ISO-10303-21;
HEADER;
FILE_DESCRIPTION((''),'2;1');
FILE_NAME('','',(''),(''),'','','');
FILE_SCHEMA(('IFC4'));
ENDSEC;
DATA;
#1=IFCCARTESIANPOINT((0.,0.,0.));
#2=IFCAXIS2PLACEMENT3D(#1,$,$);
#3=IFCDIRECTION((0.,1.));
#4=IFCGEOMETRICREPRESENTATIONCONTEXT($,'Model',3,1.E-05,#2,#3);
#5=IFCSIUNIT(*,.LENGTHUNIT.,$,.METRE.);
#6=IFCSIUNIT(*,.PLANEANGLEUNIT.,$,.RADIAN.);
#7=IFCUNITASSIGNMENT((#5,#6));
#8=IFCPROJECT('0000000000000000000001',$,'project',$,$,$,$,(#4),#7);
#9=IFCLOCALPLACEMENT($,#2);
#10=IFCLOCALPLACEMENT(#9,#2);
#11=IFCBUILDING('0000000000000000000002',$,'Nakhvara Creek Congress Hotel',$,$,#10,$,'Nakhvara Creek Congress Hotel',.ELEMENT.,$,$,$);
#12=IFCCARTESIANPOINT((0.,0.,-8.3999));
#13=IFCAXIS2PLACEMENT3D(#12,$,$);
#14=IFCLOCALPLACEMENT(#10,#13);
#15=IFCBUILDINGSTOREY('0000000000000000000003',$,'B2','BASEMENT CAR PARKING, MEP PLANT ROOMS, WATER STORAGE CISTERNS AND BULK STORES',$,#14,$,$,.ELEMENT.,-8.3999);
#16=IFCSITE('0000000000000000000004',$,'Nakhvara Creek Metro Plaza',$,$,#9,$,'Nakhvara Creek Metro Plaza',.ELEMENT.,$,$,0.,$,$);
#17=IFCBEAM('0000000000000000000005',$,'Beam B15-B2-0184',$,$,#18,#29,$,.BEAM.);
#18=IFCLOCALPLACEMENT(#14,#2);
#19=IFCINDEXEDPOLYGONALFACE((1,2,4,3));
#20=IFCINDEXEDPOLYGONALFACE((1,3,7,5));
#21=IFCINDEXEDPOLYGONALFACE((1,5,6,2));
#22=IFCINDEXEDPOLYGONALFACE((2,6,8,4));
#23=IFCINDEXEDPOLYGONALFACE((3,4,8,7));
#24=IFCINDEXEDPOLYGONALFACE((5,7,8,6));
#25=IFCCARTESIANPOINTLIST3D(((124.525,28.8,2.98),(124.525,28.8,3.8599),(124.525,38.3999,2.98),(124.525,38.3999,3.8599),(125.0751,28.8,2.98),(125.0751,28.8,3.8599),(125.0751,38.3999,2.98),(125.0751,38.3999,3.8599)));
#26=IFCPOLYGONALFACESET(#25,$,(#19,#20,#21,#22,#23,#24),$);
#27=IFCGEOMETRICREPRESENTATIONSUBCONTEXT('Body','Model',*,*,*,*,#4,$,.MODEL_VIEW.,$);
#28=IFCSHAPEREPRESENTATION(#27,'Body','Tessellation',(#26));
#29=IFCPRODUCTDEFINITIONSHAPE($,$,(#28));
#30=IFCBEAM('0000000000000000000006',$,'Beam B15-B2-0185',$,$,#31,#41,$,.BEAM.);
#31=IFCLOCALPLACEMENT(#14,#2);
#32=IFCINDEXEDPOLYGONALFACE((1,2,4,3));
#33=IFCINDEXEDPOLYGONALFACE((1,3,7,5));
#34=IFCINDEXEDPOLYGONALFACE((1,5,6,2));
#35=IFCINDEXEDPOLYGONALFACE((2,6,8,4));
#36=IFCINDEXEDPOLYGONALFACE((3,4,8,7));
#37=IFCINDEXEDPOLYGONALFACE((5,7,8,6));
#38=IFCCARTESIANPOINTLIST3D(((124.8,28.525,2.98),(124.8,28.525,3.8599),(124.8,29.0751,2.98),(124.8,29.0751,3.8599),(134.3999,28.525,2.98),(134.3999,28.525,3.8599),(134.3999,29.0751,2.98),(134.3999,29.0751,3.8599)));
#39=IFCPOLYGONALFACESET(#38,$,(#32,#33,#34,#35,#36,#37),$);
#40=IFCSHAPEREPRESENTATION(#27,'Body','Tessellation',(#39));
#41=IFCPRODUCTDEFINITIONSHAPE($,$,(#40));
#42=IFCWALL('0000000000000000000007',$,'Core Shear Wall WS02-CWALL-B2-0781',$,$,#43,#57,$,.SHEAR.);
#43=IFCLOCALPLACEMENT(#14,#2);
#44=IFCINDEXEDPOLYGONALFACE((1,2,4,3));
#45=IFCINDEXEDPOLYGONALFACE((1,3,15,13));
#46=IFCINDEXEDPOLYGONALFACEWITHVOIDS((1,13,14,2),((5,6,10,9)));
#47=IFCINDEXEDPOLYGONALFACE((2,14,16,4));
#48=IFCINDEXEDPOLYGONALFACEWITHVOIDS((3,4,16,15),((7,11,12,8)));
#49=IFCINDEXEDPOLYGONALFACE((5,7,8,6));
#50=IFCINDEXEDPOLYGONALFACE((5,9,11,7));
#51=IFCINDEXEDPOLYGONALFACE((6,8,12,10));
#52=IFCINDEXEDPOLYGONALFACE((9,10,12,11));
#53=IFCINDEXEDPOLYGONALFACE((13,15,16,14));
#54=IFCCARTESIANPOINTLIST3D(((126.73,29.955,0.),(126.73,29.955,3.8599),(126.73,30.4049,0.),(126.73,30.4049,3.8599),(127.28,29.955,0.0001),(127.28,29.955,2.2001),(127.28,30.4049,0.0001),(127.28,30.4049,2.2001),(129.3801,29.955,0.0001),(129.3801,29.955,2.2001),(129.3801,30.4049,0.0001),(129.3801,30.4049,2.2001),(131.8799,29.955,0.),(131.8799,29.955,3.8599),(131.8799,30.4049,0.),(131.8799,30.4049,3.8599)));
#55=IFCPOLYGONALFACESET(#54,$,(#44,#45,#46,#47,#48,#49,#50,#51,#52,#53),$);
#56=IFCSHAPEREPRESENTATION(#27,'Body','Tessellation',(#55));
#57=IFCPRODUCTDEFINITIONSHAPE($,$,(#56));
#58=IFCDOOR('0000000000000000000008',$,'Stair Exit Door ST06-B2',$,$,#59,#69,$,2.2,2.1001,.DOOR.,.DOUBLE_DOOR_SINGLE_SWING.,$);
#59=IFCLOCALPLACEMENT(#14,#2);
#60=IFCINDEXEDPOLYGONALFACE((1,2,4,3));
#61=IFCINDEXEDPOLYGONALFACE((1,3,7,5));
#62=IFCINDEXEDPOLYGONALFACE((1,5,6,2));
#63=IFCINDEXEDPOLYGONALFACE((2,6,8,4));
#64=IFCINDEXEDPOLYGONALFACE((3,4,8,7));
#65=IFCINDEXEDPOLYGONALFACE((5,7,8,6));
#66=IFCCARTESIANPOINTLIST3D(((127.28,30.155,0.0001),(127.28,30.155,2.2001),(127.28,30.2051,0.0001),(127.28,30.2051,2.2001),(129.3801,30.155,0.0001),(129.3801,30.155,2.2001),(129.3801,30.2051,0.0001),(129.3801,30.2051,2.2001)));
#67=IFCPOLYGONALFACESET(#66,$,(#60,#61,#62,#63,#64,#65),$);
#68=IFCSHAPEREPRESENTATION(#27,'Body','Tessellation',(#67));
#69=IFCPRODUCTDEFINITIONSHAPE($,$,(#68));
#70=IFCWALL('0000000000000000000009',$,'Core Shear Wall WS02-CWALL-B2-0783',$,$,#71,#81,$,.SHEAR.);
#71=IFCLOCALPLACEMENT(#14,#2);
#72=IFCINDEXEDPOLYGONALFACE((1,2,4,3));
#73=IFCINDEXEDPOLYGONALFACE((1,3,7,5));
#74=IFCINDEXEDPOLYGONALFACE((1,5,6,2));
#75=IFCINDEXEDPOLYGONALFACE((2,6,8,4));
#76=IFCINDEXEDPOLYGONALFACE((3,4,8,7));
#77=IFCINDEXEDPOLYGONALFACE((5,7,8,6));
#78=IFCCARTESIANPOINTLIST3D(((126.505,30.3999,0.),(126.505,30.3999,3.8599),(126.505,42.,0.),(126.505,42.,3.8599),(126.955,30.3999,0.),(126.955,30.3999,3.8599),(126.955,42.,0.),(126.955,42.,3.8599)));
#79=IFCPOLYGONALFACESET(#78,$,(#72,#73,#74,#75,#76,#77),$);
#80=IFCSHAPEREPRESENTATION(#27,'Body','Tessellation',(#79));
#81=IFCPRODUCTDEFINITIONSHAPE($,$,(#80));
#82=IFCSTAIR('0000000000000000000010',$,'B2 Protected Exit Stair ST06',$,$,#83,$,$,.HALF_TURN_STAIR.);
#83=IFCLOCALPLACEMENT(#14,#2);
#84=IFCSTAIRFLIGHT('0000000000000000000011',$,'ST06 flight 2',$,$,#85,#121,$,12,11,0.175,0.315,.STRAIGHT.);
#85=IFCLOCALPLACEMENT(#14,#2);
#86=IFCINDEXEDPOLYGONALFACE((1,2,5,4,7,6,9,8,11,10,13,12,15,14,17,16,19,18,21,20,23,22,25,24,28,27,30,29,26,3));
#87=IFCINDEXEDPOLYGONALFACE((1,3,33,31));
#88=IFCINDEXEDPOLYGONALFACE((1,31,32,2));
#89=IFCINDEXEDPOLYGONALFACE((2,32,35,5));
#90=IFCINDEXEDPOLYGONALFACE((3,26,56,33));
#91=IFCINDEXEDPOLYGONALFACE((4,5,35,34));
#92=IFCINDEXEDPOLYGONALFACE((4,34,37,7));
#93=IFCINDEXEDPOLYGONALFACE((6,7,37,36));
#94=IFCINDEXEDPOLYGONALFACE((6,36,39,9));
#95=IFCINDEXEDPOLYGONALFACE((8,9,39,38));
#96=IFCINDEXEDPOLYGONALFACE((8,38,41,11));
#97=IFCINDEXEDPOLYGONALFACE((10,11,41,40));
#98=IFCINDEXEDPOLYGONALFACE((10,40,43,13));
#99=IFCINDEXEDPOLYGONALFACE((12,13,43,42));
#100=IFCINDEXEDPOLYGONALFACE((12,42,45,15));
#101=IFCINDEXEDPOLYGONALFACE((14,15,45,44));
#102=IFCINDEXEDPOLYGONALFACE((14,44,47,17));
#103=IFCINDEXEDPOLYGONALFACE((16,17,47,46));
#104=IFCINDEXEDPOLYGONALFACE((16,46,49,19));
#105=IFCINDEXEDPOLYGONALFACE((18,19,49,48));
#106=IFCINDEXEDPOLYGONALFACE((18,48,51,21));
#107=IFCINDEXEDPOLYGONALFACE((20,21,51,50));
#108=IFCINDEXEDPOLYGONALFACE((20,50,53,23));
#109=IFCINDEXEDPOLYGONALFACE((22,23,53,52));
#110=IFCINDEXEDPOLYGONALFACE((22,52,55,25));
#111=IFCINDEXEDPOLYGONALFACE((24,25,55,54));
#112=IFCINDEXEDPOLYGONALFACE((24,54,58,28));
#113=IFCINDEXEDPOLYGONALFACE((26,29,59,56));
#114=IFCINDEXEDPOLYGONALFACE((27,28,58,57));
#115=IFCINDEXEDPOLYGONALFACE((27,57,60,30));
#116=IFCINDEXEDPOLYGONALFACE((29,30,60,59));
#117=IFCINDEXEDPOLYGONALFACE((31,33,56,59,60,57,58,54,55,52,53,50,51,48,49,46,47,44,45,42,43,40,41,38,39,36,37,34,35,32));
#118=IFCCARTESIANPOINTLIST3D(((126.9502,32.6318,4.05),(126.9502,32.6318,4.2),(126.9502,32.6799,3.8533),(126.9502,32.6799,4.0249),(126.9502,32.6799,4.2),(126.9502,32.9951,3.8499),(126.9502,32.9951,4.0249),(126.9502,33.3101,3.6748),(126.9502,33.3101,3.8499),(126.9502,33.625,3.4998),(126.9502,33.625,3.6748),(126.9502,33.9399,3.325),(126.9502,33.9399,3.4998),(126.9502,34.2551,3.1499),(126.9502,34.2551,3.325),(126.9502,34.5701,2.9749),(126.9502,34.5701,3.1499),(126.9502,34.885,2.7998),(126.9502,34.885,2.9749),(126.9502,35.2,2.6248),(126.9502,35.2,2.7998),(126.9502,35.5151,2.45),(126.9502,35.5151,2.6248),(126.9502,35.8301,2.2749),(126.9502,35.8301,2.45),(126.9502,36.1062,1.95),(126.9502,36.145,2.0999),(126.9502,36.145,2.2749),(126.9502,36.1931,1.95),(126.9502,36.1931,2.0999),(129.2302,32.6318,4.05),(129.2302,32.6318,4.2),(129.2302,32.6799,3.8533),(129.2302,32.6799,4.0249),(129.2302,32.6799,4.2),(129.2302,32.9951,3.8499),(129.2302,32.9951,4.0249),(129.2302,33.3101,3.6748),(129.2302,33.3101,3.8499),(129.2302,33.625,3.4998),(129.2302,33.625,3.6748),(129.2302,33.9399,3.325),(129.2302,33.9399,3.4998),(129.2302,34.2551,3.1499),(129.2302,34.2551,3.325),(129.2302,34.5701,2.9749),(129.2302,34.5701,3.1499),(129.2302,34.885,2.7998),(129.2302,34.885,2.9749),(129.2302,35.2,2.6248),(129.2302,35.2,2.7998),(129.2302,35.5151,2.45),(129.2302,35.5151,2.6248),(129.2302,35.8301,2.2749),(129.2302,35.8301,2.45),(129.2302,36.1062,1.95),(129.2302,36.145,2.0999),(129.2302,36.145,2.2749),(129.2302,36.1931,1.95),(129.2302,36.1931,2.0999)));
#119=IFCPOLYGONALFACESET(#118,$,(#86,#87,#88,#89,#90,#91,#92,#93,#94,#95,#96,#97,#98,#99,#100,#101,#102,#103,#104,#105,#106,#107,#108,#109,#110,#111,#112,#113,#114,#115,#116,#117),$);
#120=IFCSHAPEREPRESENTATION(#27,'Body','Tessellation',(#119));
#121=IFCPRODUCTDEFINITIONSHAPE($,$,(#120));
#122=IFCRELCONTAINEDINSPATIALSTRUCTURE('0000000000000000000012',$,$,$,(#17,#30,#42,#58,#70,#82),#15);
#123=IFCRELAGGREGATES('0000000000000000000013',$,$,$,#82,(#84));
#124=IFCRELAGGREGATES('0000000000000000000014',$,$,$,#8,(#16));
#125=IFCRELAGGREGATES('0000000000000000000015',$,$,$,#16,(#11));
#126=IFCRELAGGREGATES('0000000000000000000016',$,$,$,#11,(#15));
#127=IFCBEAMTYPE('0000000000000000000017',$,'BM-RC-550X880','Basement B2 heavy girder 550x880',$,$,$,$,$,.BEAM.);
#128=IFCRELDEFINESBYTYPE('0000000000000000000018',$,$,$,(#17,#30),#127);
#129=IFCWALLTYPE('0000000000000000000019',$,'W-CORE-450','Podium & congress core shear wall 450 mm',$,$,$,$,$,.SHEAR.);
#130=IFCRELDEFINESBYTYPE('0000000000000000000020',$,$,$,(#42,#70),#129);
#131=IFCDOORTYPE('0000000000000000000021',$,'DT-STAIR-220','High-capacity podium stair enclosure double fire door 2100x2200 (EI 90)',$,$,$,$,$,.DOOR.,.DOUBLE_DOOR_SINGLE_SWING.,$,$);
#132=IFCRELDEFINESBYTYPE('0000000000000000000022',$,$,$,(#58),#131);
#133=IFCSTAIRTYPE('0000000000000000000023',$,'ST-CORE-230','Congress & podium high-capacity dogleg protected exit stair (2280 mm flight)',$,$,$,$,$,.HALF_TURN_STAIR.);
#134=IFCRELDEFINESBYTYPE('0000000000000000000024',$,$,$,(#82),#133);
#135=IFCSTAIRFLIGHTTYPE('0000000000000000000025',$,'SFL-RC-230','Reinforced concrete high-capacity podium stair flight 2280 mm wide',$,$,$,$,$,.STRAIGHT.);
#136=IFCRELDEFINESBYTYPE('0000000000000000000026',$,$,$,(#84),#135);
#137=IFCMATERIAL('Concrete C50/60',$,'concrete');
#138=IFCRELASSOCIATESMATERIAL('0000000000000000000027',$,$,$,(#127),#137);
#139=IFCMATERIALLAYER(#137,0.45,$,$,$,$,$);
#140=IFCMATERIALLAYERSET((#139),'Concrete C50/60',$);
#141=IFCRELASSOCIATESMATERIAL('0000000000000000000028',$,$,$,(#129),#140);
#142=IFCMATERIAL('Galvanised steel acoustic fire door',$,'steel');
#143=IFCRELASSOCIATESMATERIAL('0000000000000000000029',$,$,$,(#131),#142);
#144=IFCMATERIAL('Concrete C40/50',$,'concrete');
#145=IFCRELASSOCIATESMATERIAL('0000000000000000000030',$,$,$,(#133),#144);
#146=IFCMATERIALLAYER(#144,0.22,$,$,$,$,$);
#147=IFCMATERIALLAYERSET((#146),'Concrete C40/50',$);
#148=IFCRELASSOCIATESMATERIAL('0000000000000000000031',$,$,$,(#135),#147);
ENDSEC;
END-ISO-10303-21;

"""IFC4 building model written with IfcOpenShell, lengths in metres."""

from ifc_helpers import new_model, si_unit, direction, frame, frame_2d, origin, origin_2d, place, context, subcontext, project, spatial, polyline, rectangle, outline, extrude, material, layer, layer_set, material_profile, profile_set, type_object, element, fill, aggregate, save


model = new_model("IFC4")

# Units and contexts
model_context = context("Model", 3, precision=1e-05, world=origin(), true_north=direction((0.0, 1.0)))
body_context = subcontext(model_context, "Body", "Model", "MODEL_VIEW")
ifc_project = project(units=[si_unit("LENGTHUNIT", "METRE"), si_unit("PLANEANGLEUNIT", "RADIAN")], contexts=[model_context])

# Site, building, storey
site_placement = place(None, origin())
site = spatial("IfcSite", under=ifc_project, at=site_placement, Name="Nakhvara Creek Metro Plaza", LongName="Nakhvara Creek Metro Plaza", CompositionType="ELEMENT", RefElevation=0.0)
building_placement = place(site_placement, origin())
building = spatial("IfcBuilding", under=site, at=building_placement, Name="Nakhvara Creek Congress Hotel", LongName="Nakhvara Creek Congress Hotel", CompositionType="ELEMENT")
storey_placement = place(building_placement, frame((0.0, 0.0, -8.3999)))
storey = spatial("IfcBuildingStorey", under=building, at=storey_placement, Name="B2", Description="BASEMENT CAR PARKING, MEP PLANT ROOMS, WATER STORAGE CISTERNS AND BULK STORES", CompositionType="ELEMENT", Elevation=-8.3999)

# Shared definitions
ifc_material_1 = material(Name="Concrete C40/50", Category="concrete")

# Shared definitions
ifc_material_2 = material(Name="Concrete C50/60", Category="concrete")

# Beams
ifc_material_profile_1 = material_profile(ifc_material_2, rectangle(XDim=0.55, YDim=0.8799, at=origin_2d()), Name="RC-BM 550x880", Category="LoadBearing")
ifc_profile_set_1 = profile_set([ifc_material_profile_1], Name="Concrete C50/60")
beam_type_1 = type_object("IfcBeamType", Name="BM-RC-550X880", Description="Basement B2 heavy girder 550x880", PredefinedType="BEAM", material=ifc_profile_set_1)
for number, where, z_axis, x_axis, name in (
    (1, (124.8, 28.8, 3.4199), (0.0, 1.0, 0.0), (-1.0, 0.0, 0.0), "Beam B15-B2-0184"),
    (2, (124.8, 28.8, 3.4199), (1.0, 0.0, 0.0), (0.0, 1.0, 0.0), "Beam B15-B2-0185"),
):
    element("IfcBeam", number, at=place(storey_placement, frame(where, z_axis=z_axis, x_axis=x_axis)), inside=storey, type_object=beam_type_1, Name=name, PredefinedType="BEAM", context=body_context, shape_type="SweptSolid", body=[
        extrude(rectangle(XDim=0.55, YDim=0.8799, at=origin_2d()), origin(), (0.0, 0.0, 1.0), 9.5999),
    ])

# Wall, opening, door
ifc_layer_1 = layer(ifc_material_2, 0.45)
ifc_layer_set_1 = layer_set([ifc_layer_1], Name="Concrete C50/60")
wall_type = type_object("IfcWallType", Name="W-CORE-450", Description="Podium & congress core shear wall 450 mm", PredefinedType="SHEAR", material=ifc_layer_set_1)
wall_1_placement = place(storey_placement, frame((126.73, 30.1799, 0.0), z_axis=(0.0, 0.0, 1.0), x_axis=(1.0, 0.0, 0.0)))
wall_1 = element("IfcWall", 3, at=wall_1_placement, inside=storey, type_object=wall_type, Name="Core Shear Wall WS02-CWALL-B2-0781", PredefinedType="SHEAR", context=body_context, shape_type="SweptSolid", body=[
    extrude(rectangle(XDim=5.1499, YDim=0.45, at=frame_2d((2.575, 0.0))), origin(), (0.0, 0.0, 1.0), 3.8599),
])
opening_placement = place(wall_1_placement, frame((0.55, 0.0, 0.0)))
opening = element("IfcOpeningElement", 4, at=opening_placement, cuts=wall_1, PredefinedType="OPENING", context=body_context, shape_type="SweptSolid", body=[
    extrude(rectangle(XDim=2.1001, YDim=2.2, at=frame_2d((1.05, 1.1001))), frame((0.0, 0.2368, 0.0), z_axis=(0.0, -1.0, 0.0), x_axis=(1.0, 0.0, 0.0)), (0.0, 0.0, 1.0), 0.4739),
])
ifc_material_3 = material(Name="Galvanised steel acoustic fire door", Category="steel")
door_type = type_object("IfcDoorType", Name="DT-STAIR-220", Description="High-capacity podium stair enclosure double fire door 2100x2200 (EI 90)", OperationType="DOUBLE_DOOR_SINGLE_SWING", PredefinedType="DOOR", material=ifc_material_3)
door_placement = place(opening_placement, frame((2.1001, 0.0, 0.0), z_axis=(0.0, 0.0, 1.0), x_axis=(-1.0, 0.0, 0.0)))
door = element("IfcDoor", 5, at=door_placement, inside=storey, type_object=door_type, Name="Stair Exit Door ST06-B2", OperationType="DOUBLE_DOOR_SINGLE_SWING", OverallHeight=2.2, OverallWidth=2.1001, PredefinedType="DOOR", context=body_context, shape_type="SweptSolid", body=[
    extrude(rectangle(XDim=2.1001, YDim=2.2, at=frame_2d((1.05, 1.1001))), frame((0.0, 0.0249, 0.0), z_axis=(0.0, -1.0, 0.0), x_axis=(1.0, 0.0, 0.0)), (0.0, 0.0, 1.0), 0.05),
])
fill(opening, door)

# Wall
wall_2_placement = place(storey_placement, frame((126.73, 30.3999, 0.0), z_axis=(0.0, 0.0, 1.0), x_axis=(0.0, 1.0, 0.0)))
element("IfcWall", 6, at=wall_2_placement, inside=storey, type_object=wall_type, Name="Core Shear Wall WS02-CWALL-B2-0783", PredefinedType="SHEAR", context=body_context, shape_type="SweptSolid", body=[
    extrude(rectangle(XDim=11.6001, YDim=0.45, at=frame_2d((5.8, 0.0))), origin(), (0.0, 0.0, 1.0), 3.8599),
])

# Stair, stair flight
stair_type = type_object("IfcStairType", Name="ST-CORE-230", Description="Congress & podium high-capacity dogleg protected exit stair (2280 mm flight)", PredefinedType="HALF_TURN_STAIR", material=ifc_material_1)
stair_placement = place(storey_placement, origin())
stair = element("IfcStair", 7, at=stair_placement, inside=storey, type_object=stair_type, Name="B2 Protected Exit Stair ST06", PredefinedType="HALF_TURN_STAIR")
ifc_layer_2 = layer(ifc_material_1, 0.22)
ifc_layer_set_2 = layer_set([ifc_layer_2], Name="Concrete C40/50")
stair_flight_type = type_object("IfcStairFlightType", Name="SFL-RC-230", Description="Reinforced concrete high-capacity podium stair flight 2280 mm wide", PredefinedType="STRAIGHT", material=ifc_layer_set_2)
stair_flight_placement = place(storey_placement, frame((128.0901, 36.145, 2.0999), z_axis=(0.0, 0.0, 1.0), x_axis=(0.0, -1.0, 0.0)))
stair_flight = element("IfcStairFlight", 8, at=stair_flight_placement, type_object=stair_flight_type, Name="ST06 flight 2", NumberOfRisers=12, NumberOfTreads=11, PredefinedType="STRAIGHT", RiserHeight=0.175, TreadLength=0.315, context=body_context, shape_type="SweptSolid", body=[
    extrude(outline(polyline([(-0.0481, 0.0), (0.0, 0.0), (0.0, 0.175), (0.3149, 0.175), (0.3149, 0.3501), (0.6299, 0.3501), (0.6299, 0.5249), (0.9451, 0.5249), (0.9451, 0.7), (1.26, 0.7), (1.26, 0.875), (1.575, 0.875), (1.575, 1.05), (1.8899, 1.05), (1.8899, 1.2251), (2.2051, 1.2251), (2.2051, 1.3999), (2.52, 1.3999), (2.52, 1.575), (2.835, 1.575), (2.835, 1.75), (3.1499, 1.75), (3.1499, 1.925), (3.4651, 1.925), (3.4651, 2.1001), (3.5132, 2.1001), (3.5132, 1.9502), (3.4651, 1.7534), (0.0388, -0.1499), (-0.0481, -0.1499), (-0.0481, 0.0)])), frame((0.0, 1.1401, 0.0), z_axis=(0.0, -1.0, 0.0), x_axis=(1.0, 0.0, 0.0)), (0.0, 0.0, 1.0), 2.28),
])
aggregate(stair, [stair_flight])

save(model, "model.ifc")
